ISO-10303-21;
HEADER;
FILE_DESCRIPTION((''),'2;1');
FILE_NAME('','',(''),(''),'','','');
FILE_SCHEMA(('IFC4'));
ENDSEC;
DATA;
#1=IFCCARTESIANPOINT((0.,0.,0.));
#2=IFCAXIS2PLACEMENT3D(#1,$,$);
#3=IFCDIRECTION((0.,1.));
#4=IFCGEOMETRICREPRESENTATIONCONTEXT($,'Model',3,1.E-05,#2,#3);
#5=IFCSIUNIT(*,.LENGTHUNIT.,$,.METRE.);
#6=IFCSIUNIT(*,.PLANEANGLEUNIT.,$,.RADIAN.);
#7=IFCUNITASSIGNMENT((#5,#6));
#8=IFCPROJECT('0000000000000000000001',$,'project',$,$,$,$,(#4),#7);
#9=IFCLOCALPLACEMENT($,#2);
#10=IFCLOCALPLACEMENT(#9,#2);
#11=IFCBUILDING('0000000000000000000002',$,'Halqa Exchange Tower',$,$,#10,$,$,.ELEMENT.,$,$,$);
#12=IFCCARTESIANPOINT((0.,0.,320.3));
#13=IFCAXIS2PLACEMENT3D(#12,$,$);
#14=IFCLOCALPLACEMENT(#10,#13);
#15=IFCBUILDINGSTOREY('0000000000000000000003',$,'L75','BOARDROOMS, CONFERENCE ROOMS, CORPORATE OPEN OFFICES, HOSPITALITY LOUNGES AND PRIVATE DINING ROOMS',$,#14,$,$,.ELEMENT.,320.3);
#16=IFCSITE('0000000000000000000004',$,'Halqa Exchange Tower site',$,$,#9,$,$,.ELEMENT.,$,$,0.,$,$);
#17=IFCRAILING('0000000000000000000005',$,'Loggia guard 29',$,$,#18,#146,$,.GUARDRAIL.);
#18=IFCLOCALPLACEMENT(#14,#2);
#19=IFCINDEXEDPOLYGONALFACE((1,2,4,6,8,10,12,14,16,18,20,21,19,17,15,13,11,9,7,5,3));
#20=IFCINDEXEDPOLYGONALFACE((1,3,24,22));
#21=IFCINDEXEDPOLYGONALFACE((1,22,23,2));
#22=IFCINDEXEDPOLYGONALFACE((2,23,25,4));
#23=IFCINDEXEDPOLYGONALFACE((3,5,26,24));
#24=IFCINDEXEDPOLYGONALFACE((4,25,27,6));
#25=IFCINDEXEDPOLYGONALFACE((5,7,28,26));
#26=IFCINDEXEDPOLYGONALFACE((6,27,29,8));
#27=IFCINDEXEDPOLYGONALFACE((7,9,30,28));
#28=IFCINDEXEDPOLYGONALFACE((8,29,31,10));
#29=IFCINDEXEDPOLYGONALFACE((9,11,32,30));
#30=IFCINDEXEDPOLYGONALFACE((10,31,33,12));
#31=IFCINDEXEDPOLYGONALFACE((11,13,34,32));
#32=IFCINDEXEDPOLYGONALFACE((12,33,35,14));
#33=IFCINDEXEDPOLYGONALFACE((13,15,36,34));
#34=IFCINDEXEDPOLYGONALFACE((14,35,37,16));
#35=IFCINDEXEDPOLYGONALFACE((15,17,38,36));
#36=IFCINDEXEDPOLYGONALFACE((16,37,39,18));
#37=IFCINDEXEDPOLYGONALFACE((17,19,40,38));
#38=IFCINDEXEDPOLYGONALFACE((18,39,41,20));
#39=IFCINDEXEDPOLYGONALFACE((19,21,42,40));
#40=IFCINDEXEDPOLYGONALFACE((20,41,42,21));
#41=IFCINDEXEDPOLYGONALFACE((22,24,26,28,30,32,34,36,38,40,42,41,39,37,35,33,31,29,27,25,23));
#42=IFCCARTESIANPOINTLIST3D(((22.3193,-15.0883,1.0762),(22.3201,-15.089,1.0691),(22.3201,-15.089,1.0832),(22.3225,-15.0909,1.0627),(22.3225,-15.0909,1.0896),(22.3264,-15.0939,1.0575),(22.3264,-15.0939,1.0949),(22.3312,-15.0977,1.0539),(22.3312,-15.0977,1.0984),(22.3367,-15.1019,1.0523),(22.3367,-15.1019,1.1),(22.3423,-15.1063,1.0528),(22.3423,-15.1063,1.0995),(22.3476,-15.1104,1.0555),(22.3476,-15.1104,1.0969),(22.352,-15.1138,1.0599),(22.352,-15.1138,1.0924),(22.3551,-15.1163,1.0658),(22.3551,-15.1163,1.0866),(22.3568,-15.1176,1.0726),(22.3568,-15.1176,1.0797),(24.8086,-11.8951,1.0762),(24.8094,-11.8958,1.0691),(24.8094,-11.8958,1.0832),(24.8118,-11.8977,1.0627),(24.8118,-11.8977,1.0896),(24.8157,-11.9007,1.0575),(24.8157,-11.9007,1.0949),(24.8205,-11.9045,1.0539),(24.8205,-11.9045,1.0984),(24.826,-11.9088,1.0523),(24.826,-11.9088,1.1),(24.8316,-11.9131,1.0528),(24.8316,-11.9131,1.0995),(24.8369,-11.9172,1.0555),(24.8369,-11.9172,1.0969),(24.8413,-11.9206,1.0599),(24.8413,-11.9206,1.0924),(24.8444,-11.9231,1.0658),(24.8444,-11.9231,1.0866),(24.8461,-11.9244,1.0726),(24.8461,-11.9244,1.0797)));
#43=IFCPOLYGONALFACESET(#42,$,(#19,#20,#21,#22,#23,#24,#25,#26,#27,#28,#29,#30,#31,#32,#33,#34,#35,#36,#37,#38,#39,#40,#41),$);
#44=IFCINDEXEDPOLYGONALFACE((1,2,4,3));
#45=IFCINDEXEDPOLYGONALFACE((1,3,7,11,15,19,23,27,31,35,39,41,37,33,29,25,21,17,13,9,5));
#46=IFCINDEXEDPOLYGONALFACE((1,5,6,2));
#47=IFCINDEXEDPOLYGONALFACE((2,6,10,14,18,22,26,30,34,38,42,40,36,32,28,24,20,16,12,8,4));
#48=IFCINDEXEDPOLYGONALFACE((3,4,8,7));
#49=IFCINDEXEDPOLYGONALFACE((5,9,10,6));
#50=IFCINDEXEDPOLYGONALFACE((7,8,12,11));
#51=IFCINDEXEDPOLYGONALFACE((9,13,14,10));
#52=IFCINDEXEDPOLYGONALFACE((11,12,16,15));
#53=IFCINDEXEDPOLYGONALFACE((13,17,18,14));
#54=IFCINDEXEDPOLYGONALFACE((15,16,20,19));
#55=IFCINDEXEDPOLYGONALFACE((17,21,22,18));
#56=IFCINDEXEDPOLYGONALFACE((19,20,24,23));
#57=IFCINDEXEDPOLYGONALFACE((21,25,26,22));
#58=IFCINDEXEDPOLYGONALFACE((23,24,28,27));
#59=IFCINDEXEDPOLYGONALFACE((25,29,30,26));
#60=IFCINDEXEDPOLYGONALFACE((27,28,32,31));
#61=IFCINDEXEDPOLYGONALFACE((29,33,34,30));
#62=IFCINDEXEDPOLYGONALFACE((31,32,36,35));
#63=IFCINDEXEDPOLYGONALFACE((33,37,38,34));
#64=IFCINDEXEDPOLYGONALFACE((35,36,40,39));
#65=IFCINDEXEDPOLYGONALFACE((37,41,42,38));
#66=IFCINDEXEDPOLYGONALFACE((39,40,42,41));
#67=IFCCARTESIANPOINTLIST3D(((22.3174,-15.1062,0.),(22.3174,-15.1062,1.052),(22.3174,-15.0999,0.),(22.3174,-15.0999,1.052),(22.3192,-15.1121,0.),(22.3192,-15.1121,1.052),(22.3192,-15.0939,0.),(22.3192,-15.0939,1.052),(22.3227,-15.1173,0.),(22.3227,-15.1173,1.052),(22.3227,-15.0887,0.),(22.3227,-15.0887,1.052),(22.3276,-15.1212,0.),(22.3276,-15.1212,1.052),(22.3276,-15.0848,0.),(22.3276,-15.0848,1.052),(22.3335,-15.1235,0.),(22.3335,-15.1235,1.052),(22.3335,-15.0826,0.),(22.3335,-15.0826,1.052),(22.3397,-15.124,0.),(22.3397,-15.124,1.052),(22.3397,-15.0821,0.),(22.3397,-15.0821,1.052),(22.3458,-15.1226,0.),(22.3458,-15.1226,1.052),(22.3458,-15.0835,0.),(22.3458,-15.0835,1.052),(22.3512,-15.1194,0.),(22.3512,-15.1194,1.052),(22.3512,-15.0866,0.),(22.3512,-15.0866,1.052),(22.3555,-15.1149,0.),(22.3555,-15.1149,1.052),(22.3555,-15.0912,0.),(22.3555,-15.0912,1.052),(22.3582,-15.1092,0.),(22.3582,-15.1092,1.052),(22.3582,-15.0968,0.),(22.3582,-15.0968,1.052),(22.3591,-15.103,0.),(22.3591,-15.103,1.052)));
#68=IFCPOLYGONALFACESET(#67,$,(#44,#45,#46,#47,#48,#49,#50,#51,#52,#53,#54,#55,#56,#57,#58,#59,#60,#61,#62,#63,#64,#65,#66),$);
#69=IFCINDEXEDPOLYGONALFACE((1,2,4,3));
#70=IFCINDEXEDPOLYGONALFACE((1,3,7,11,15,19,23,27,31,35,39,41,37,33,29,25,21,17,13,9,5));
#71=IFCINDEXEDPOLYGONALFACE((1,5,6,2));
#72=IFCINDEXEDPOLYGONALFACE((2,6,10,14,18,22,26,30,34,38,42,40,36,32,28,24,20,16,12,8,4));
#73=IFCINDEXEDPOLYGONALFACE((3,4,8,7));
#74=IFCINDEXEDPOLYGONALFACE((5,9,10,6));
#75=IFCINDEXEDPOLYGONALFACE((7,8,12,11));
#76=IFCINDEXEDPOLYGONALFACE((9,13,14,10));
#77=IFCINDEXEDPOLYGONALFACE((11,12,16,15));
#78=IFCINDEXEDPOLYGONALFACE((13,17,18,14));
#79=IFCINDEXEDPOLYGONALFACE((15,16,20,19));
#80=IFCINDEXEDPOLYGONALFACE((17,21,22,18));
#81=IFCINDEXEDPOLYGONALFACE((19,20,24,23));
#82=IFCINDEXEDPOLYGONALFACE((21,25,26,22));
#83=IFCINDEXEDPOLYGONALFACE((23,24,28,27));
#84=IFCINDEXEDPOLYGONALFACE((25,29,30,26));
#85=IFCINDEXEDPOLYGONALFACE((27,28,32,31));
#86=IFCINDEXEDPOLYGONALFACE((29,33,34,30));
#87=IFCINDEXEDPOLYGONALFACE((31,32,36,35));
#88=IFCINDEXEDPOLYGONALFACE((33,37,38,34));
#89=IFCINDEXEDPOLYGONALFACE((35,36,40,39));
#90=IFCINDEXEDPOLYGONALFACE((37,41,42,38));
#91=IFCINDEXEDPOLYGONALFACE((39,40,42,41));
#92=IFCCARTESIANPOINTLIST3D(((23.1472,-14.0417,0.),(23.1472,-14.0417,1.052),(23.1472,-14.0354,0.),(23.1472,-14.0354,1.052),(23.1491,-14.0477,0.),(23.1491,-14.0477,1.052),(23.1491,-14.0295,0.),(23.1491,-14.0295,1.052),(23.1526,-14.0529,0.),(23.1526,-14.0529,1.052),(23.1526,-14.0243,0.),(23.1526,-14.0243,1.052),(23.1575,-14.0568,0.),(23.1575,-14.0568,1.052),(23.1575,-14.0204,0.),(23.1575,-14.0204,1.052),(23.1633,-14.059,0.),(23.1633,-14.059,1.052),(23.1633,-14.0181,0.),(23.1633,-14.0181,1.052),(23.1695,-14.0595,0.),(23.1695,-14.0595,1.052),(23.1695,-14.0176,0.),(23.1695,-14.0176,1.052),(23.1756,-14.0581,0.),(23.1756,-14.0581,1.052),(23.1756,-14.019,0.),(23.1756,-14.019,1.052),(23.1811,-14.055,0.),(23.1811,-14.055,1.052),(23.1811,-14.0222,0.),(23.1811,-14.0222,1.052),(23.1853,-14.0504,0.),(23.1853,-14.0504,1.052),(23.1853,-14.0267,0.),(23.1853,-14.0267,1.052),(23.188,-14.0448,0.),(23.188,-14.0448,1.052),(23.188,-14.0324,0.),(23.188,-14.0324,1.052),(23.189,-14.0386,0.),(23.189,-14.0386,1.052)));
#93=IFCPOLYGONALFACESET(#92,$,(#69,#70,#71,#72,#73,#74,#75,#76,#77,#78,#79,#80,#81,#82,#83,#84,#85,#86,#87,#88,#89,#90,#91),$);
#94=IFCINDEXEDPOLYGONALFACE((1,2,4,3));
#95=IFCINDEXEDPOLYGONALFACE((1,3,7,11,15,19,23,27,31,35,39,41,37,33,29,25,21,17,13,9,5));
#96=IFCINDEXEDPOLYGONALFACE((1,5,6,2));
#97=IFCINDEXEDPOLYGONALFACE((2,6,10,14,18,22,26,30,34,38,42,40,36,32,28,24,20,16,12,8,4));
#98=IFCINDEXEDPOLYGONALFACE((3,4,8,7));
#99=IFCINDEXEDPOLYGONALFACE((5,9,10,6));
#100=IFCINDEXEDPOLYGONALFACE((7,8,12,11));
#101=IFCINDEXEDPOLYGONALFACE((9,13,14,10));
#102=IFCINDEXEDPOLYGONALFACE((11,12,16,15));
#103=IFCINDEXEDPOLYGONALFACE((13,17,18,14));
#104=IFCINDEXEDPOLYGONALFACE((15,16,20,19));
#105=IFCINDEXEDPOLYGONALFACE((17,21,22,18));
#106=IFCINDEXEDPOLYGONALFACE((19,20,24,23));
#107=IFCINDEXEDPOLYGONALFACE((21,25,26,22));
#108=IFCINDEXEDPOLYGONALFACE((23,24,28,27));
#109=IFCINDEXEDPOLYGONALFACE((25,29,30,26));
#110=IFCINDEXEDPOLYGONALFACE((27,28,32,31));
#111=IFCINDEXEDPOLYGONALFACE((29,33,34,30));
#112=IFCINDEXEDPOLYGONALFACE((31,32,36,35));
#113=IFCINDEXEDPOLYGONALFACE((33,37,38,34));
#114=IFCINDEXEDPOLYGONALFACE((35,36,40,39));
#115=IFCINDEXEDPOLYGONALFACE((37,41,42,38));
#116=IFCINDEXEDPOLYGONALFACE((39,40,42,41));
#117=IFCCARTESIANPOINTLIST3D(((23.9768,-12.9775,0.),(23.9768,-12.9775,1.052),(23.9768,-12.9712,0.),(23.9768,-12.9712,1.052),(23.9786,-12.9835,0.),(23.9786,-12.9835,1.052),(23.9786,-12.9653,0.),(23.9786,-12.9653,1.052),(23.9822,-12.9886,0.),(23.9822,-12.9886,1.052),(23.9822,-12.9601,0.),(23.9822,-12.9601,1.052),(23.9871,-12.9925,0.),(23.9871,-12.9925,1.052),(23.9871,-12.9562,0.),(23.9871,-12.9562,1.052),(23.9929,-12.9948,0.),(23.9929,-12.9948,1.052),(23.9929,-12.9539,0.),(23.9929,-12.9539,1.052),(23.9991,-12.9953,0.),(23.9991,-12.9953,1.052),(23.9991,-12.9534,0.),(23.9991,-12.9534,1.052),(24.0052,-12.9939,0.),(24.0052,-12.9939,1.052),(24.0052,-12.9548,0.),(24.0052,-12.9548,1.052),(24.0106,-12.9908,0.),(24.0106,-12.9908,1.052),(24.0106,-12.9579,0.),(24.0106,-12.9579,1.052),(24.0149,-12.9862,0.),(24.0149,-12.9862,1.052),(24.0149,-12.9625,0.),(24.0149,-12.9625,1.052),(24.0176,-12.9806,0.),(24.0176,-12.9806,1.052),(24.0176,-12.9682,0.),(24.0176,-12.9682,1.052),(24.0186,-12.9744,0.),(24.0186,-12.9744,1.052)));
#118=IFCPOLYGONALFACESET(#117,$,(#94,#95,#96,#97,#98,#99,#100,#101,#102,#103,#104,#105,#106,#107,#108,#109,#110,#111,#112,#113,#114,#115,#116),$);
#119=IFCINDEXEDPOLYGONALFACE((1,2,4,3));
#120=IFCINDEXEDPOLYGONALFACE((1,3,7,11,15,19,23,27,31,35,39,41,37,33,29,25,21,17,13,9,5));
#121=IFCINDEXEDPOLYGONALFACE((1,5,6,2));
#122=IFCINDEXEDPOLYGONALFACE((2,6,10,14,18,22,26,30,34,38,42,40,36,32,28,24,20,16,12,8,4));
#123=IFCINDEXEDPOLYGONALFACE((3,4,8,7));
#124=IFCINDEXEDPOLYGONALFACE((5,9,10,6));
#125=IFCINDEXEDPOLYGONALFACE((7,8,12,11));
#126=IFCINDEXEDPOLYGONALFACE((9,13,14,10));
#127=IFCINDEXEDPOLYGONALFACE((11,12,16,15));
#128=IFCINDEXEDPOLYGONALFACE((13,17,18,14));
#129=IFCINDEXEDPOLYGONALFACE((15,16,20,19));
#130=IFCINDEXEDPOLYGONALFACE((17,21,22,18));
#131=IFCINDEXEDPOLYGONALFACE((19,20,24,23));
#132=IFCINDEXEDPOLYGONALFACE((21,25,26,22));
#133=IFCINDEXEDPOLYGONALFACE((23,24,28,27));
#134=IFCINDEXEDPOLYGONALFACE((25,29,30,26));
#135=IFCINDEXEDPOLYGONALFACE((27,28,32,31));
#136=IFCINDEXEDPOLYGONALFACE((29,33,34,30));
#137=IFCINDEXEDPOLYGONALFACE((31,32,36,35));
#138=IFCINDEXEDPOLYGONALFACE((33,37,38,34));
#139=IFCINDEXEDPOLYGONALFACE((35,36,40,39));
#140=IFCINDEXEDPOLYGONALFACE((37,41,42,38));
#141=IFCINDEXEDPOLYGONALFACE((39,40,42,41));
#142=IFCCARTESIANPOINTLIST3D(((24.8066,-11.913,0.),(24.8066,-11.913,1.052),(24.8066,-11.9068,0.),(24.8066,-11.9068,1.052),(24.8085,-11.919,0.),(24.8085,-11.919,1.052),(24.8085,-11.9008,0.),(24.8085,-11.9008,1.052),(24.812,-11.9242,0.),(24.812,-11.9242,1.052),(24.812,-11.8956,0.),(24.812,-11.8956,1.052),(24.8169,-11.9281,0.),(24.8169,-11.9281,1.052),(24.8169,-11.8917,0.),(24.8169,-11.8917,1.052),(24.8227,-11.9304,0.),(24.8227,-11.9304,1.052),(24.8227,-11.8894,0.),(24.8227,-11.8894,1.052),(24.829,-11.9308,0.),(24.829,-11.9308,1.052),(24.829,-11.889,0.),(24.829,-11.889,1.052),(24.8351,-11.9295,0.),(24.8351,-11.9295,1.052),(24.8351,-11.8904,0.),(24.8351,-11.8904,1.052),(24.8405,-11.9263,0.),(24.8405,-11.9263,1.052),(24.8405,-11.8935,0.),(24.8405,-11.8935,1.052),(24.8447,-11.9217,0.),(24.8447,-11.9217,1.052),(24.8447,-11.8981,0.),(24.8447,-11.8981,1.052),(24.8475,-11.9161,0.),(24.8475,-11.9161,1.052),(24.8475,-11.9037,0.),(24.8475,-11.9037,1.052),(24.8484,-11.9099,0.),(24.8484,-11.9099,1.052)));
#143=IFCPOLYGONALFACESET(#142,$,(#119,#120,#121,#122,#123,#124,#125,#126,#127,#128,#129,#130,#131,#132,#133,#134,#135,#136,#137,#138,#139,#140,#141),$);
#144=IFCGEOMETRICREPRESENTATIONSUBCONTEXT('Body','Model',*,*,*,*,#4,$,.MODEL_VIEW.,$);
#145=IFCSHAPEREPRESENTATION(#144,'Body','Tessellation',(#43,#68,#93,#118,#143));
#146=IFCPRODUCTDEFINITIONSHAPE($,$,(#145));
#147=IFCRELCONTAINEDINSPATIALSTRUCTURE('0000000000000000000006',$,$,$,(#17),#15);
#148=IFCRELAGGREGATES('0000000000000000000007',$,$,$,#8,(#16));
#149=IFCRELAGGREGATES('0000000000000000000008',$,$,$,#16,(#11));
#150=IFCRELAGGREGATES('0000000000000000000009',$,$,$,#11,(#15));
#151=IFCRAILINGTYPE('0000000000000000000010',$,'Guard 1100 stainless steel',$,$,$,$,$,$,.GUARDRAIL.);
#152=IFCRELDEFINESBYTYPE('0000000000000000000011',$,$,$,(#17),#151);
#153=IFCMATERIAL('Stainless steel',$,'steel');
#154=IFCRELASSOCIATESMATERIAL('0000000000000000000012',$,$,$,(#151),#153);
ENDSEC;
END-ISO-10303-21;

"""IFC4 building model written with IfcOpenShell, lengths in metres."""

from ifc_helpers import new_model, si_unit, direction, frame, origin, origin_2d, place, context, subcontext, project, spatial, circle, extrude, material, type_object, element, save


model = new_model("IFC4")

# Units and contexts
model_context = context("Model", 3, precision=1e-05, world=origin(), true_north=direction((0.0, 1.0)))
body_context = subcontext(model_context, "Body", "Model", "MODEL_VIEW")
ifc_project = project(units=[si_unit("LENGTHUNIT", "METRE"), si_unit("PLANEANGLEUNIT", "RADIAN")], contexts=[model_context])

# Site, building, storey
site_placement = place(None, origin())
site = spatial("IfcSite", under=ifc_project, at=site_placement, Name="Halqa Exchange Tower site", CompositionType="ELEMENT", RefElevation=0.0)
building_placement = place(site_placement, origin())
building = spatial("IfcBuilding", under=site, at=building_placement, Name="Halqa Exchange Tower", CompositionType="ELEMENT")
storey_placement = place(building_placement, frame((0.0, 0.0, 320.3)))
storey = spatial("IfcBuildingStorey", under=building, at=storey_placement, Name="L75", Description="BOARDROOMS, CONFERENCE ROOMS, CORPORATE OPEN OFFICES, HOSPITALITY LOUNGES AND PRIVATE DINING ROOMS", CompositionType="ELEMENT", Elevation=320.3)

# Railing
ifc_material_1 = material(Name="Stainless steel", Category="steel")
railing_type = type_object("IfcRailingType", Name="Guard 1100 stainless steel", PredefinedType="GUARDRAIL", material=ifc_material_1)
railing_1_placement = place(storey_placement, frame((22.3381, -15.103, 0.0)))
element("IfcRailing", 1, at=railing_1_placement, inside=storey, type_object=railing_type, Name="Loggia guard 29", PredefinedType="GUARDRAIL", context=body_context, shape_type="SweptSolid", body=[
    extrude(circle(Radius=0.0239, at=origin_2d()), frame((0.0, 0.0, 1.0762), z_axis=(0.614821, 0.788667, 0.0), x_axis=(-0.788667, 0.614821, 0.0)), (0.0, 0.0, 1.0), 4.0488),
    extrude(circle(Radius=0.021, at=origin_2d()), origin(), (0.0, 0.0, 1.0), 1.052),
    extrude(circle(Radius=0.021, at=origin_2d()), frame((0.8298, 1.0645, 0.0)), (0.0, 0.0, 1.0), 1.052),
    extrude(circle(Radius=0.021, at=origin_2d()), frame((1.6594, 2.1287, 0.0)), (0.0, 0.0, 1.0), 1.052),
    extrude(circle(Radius=0.021, at=origin_2d()), frame((2.4893, 3.1931, 0.0)), (0.0, 0.0, 1.0), 1.052),
])

save(model, "model.ifc")
